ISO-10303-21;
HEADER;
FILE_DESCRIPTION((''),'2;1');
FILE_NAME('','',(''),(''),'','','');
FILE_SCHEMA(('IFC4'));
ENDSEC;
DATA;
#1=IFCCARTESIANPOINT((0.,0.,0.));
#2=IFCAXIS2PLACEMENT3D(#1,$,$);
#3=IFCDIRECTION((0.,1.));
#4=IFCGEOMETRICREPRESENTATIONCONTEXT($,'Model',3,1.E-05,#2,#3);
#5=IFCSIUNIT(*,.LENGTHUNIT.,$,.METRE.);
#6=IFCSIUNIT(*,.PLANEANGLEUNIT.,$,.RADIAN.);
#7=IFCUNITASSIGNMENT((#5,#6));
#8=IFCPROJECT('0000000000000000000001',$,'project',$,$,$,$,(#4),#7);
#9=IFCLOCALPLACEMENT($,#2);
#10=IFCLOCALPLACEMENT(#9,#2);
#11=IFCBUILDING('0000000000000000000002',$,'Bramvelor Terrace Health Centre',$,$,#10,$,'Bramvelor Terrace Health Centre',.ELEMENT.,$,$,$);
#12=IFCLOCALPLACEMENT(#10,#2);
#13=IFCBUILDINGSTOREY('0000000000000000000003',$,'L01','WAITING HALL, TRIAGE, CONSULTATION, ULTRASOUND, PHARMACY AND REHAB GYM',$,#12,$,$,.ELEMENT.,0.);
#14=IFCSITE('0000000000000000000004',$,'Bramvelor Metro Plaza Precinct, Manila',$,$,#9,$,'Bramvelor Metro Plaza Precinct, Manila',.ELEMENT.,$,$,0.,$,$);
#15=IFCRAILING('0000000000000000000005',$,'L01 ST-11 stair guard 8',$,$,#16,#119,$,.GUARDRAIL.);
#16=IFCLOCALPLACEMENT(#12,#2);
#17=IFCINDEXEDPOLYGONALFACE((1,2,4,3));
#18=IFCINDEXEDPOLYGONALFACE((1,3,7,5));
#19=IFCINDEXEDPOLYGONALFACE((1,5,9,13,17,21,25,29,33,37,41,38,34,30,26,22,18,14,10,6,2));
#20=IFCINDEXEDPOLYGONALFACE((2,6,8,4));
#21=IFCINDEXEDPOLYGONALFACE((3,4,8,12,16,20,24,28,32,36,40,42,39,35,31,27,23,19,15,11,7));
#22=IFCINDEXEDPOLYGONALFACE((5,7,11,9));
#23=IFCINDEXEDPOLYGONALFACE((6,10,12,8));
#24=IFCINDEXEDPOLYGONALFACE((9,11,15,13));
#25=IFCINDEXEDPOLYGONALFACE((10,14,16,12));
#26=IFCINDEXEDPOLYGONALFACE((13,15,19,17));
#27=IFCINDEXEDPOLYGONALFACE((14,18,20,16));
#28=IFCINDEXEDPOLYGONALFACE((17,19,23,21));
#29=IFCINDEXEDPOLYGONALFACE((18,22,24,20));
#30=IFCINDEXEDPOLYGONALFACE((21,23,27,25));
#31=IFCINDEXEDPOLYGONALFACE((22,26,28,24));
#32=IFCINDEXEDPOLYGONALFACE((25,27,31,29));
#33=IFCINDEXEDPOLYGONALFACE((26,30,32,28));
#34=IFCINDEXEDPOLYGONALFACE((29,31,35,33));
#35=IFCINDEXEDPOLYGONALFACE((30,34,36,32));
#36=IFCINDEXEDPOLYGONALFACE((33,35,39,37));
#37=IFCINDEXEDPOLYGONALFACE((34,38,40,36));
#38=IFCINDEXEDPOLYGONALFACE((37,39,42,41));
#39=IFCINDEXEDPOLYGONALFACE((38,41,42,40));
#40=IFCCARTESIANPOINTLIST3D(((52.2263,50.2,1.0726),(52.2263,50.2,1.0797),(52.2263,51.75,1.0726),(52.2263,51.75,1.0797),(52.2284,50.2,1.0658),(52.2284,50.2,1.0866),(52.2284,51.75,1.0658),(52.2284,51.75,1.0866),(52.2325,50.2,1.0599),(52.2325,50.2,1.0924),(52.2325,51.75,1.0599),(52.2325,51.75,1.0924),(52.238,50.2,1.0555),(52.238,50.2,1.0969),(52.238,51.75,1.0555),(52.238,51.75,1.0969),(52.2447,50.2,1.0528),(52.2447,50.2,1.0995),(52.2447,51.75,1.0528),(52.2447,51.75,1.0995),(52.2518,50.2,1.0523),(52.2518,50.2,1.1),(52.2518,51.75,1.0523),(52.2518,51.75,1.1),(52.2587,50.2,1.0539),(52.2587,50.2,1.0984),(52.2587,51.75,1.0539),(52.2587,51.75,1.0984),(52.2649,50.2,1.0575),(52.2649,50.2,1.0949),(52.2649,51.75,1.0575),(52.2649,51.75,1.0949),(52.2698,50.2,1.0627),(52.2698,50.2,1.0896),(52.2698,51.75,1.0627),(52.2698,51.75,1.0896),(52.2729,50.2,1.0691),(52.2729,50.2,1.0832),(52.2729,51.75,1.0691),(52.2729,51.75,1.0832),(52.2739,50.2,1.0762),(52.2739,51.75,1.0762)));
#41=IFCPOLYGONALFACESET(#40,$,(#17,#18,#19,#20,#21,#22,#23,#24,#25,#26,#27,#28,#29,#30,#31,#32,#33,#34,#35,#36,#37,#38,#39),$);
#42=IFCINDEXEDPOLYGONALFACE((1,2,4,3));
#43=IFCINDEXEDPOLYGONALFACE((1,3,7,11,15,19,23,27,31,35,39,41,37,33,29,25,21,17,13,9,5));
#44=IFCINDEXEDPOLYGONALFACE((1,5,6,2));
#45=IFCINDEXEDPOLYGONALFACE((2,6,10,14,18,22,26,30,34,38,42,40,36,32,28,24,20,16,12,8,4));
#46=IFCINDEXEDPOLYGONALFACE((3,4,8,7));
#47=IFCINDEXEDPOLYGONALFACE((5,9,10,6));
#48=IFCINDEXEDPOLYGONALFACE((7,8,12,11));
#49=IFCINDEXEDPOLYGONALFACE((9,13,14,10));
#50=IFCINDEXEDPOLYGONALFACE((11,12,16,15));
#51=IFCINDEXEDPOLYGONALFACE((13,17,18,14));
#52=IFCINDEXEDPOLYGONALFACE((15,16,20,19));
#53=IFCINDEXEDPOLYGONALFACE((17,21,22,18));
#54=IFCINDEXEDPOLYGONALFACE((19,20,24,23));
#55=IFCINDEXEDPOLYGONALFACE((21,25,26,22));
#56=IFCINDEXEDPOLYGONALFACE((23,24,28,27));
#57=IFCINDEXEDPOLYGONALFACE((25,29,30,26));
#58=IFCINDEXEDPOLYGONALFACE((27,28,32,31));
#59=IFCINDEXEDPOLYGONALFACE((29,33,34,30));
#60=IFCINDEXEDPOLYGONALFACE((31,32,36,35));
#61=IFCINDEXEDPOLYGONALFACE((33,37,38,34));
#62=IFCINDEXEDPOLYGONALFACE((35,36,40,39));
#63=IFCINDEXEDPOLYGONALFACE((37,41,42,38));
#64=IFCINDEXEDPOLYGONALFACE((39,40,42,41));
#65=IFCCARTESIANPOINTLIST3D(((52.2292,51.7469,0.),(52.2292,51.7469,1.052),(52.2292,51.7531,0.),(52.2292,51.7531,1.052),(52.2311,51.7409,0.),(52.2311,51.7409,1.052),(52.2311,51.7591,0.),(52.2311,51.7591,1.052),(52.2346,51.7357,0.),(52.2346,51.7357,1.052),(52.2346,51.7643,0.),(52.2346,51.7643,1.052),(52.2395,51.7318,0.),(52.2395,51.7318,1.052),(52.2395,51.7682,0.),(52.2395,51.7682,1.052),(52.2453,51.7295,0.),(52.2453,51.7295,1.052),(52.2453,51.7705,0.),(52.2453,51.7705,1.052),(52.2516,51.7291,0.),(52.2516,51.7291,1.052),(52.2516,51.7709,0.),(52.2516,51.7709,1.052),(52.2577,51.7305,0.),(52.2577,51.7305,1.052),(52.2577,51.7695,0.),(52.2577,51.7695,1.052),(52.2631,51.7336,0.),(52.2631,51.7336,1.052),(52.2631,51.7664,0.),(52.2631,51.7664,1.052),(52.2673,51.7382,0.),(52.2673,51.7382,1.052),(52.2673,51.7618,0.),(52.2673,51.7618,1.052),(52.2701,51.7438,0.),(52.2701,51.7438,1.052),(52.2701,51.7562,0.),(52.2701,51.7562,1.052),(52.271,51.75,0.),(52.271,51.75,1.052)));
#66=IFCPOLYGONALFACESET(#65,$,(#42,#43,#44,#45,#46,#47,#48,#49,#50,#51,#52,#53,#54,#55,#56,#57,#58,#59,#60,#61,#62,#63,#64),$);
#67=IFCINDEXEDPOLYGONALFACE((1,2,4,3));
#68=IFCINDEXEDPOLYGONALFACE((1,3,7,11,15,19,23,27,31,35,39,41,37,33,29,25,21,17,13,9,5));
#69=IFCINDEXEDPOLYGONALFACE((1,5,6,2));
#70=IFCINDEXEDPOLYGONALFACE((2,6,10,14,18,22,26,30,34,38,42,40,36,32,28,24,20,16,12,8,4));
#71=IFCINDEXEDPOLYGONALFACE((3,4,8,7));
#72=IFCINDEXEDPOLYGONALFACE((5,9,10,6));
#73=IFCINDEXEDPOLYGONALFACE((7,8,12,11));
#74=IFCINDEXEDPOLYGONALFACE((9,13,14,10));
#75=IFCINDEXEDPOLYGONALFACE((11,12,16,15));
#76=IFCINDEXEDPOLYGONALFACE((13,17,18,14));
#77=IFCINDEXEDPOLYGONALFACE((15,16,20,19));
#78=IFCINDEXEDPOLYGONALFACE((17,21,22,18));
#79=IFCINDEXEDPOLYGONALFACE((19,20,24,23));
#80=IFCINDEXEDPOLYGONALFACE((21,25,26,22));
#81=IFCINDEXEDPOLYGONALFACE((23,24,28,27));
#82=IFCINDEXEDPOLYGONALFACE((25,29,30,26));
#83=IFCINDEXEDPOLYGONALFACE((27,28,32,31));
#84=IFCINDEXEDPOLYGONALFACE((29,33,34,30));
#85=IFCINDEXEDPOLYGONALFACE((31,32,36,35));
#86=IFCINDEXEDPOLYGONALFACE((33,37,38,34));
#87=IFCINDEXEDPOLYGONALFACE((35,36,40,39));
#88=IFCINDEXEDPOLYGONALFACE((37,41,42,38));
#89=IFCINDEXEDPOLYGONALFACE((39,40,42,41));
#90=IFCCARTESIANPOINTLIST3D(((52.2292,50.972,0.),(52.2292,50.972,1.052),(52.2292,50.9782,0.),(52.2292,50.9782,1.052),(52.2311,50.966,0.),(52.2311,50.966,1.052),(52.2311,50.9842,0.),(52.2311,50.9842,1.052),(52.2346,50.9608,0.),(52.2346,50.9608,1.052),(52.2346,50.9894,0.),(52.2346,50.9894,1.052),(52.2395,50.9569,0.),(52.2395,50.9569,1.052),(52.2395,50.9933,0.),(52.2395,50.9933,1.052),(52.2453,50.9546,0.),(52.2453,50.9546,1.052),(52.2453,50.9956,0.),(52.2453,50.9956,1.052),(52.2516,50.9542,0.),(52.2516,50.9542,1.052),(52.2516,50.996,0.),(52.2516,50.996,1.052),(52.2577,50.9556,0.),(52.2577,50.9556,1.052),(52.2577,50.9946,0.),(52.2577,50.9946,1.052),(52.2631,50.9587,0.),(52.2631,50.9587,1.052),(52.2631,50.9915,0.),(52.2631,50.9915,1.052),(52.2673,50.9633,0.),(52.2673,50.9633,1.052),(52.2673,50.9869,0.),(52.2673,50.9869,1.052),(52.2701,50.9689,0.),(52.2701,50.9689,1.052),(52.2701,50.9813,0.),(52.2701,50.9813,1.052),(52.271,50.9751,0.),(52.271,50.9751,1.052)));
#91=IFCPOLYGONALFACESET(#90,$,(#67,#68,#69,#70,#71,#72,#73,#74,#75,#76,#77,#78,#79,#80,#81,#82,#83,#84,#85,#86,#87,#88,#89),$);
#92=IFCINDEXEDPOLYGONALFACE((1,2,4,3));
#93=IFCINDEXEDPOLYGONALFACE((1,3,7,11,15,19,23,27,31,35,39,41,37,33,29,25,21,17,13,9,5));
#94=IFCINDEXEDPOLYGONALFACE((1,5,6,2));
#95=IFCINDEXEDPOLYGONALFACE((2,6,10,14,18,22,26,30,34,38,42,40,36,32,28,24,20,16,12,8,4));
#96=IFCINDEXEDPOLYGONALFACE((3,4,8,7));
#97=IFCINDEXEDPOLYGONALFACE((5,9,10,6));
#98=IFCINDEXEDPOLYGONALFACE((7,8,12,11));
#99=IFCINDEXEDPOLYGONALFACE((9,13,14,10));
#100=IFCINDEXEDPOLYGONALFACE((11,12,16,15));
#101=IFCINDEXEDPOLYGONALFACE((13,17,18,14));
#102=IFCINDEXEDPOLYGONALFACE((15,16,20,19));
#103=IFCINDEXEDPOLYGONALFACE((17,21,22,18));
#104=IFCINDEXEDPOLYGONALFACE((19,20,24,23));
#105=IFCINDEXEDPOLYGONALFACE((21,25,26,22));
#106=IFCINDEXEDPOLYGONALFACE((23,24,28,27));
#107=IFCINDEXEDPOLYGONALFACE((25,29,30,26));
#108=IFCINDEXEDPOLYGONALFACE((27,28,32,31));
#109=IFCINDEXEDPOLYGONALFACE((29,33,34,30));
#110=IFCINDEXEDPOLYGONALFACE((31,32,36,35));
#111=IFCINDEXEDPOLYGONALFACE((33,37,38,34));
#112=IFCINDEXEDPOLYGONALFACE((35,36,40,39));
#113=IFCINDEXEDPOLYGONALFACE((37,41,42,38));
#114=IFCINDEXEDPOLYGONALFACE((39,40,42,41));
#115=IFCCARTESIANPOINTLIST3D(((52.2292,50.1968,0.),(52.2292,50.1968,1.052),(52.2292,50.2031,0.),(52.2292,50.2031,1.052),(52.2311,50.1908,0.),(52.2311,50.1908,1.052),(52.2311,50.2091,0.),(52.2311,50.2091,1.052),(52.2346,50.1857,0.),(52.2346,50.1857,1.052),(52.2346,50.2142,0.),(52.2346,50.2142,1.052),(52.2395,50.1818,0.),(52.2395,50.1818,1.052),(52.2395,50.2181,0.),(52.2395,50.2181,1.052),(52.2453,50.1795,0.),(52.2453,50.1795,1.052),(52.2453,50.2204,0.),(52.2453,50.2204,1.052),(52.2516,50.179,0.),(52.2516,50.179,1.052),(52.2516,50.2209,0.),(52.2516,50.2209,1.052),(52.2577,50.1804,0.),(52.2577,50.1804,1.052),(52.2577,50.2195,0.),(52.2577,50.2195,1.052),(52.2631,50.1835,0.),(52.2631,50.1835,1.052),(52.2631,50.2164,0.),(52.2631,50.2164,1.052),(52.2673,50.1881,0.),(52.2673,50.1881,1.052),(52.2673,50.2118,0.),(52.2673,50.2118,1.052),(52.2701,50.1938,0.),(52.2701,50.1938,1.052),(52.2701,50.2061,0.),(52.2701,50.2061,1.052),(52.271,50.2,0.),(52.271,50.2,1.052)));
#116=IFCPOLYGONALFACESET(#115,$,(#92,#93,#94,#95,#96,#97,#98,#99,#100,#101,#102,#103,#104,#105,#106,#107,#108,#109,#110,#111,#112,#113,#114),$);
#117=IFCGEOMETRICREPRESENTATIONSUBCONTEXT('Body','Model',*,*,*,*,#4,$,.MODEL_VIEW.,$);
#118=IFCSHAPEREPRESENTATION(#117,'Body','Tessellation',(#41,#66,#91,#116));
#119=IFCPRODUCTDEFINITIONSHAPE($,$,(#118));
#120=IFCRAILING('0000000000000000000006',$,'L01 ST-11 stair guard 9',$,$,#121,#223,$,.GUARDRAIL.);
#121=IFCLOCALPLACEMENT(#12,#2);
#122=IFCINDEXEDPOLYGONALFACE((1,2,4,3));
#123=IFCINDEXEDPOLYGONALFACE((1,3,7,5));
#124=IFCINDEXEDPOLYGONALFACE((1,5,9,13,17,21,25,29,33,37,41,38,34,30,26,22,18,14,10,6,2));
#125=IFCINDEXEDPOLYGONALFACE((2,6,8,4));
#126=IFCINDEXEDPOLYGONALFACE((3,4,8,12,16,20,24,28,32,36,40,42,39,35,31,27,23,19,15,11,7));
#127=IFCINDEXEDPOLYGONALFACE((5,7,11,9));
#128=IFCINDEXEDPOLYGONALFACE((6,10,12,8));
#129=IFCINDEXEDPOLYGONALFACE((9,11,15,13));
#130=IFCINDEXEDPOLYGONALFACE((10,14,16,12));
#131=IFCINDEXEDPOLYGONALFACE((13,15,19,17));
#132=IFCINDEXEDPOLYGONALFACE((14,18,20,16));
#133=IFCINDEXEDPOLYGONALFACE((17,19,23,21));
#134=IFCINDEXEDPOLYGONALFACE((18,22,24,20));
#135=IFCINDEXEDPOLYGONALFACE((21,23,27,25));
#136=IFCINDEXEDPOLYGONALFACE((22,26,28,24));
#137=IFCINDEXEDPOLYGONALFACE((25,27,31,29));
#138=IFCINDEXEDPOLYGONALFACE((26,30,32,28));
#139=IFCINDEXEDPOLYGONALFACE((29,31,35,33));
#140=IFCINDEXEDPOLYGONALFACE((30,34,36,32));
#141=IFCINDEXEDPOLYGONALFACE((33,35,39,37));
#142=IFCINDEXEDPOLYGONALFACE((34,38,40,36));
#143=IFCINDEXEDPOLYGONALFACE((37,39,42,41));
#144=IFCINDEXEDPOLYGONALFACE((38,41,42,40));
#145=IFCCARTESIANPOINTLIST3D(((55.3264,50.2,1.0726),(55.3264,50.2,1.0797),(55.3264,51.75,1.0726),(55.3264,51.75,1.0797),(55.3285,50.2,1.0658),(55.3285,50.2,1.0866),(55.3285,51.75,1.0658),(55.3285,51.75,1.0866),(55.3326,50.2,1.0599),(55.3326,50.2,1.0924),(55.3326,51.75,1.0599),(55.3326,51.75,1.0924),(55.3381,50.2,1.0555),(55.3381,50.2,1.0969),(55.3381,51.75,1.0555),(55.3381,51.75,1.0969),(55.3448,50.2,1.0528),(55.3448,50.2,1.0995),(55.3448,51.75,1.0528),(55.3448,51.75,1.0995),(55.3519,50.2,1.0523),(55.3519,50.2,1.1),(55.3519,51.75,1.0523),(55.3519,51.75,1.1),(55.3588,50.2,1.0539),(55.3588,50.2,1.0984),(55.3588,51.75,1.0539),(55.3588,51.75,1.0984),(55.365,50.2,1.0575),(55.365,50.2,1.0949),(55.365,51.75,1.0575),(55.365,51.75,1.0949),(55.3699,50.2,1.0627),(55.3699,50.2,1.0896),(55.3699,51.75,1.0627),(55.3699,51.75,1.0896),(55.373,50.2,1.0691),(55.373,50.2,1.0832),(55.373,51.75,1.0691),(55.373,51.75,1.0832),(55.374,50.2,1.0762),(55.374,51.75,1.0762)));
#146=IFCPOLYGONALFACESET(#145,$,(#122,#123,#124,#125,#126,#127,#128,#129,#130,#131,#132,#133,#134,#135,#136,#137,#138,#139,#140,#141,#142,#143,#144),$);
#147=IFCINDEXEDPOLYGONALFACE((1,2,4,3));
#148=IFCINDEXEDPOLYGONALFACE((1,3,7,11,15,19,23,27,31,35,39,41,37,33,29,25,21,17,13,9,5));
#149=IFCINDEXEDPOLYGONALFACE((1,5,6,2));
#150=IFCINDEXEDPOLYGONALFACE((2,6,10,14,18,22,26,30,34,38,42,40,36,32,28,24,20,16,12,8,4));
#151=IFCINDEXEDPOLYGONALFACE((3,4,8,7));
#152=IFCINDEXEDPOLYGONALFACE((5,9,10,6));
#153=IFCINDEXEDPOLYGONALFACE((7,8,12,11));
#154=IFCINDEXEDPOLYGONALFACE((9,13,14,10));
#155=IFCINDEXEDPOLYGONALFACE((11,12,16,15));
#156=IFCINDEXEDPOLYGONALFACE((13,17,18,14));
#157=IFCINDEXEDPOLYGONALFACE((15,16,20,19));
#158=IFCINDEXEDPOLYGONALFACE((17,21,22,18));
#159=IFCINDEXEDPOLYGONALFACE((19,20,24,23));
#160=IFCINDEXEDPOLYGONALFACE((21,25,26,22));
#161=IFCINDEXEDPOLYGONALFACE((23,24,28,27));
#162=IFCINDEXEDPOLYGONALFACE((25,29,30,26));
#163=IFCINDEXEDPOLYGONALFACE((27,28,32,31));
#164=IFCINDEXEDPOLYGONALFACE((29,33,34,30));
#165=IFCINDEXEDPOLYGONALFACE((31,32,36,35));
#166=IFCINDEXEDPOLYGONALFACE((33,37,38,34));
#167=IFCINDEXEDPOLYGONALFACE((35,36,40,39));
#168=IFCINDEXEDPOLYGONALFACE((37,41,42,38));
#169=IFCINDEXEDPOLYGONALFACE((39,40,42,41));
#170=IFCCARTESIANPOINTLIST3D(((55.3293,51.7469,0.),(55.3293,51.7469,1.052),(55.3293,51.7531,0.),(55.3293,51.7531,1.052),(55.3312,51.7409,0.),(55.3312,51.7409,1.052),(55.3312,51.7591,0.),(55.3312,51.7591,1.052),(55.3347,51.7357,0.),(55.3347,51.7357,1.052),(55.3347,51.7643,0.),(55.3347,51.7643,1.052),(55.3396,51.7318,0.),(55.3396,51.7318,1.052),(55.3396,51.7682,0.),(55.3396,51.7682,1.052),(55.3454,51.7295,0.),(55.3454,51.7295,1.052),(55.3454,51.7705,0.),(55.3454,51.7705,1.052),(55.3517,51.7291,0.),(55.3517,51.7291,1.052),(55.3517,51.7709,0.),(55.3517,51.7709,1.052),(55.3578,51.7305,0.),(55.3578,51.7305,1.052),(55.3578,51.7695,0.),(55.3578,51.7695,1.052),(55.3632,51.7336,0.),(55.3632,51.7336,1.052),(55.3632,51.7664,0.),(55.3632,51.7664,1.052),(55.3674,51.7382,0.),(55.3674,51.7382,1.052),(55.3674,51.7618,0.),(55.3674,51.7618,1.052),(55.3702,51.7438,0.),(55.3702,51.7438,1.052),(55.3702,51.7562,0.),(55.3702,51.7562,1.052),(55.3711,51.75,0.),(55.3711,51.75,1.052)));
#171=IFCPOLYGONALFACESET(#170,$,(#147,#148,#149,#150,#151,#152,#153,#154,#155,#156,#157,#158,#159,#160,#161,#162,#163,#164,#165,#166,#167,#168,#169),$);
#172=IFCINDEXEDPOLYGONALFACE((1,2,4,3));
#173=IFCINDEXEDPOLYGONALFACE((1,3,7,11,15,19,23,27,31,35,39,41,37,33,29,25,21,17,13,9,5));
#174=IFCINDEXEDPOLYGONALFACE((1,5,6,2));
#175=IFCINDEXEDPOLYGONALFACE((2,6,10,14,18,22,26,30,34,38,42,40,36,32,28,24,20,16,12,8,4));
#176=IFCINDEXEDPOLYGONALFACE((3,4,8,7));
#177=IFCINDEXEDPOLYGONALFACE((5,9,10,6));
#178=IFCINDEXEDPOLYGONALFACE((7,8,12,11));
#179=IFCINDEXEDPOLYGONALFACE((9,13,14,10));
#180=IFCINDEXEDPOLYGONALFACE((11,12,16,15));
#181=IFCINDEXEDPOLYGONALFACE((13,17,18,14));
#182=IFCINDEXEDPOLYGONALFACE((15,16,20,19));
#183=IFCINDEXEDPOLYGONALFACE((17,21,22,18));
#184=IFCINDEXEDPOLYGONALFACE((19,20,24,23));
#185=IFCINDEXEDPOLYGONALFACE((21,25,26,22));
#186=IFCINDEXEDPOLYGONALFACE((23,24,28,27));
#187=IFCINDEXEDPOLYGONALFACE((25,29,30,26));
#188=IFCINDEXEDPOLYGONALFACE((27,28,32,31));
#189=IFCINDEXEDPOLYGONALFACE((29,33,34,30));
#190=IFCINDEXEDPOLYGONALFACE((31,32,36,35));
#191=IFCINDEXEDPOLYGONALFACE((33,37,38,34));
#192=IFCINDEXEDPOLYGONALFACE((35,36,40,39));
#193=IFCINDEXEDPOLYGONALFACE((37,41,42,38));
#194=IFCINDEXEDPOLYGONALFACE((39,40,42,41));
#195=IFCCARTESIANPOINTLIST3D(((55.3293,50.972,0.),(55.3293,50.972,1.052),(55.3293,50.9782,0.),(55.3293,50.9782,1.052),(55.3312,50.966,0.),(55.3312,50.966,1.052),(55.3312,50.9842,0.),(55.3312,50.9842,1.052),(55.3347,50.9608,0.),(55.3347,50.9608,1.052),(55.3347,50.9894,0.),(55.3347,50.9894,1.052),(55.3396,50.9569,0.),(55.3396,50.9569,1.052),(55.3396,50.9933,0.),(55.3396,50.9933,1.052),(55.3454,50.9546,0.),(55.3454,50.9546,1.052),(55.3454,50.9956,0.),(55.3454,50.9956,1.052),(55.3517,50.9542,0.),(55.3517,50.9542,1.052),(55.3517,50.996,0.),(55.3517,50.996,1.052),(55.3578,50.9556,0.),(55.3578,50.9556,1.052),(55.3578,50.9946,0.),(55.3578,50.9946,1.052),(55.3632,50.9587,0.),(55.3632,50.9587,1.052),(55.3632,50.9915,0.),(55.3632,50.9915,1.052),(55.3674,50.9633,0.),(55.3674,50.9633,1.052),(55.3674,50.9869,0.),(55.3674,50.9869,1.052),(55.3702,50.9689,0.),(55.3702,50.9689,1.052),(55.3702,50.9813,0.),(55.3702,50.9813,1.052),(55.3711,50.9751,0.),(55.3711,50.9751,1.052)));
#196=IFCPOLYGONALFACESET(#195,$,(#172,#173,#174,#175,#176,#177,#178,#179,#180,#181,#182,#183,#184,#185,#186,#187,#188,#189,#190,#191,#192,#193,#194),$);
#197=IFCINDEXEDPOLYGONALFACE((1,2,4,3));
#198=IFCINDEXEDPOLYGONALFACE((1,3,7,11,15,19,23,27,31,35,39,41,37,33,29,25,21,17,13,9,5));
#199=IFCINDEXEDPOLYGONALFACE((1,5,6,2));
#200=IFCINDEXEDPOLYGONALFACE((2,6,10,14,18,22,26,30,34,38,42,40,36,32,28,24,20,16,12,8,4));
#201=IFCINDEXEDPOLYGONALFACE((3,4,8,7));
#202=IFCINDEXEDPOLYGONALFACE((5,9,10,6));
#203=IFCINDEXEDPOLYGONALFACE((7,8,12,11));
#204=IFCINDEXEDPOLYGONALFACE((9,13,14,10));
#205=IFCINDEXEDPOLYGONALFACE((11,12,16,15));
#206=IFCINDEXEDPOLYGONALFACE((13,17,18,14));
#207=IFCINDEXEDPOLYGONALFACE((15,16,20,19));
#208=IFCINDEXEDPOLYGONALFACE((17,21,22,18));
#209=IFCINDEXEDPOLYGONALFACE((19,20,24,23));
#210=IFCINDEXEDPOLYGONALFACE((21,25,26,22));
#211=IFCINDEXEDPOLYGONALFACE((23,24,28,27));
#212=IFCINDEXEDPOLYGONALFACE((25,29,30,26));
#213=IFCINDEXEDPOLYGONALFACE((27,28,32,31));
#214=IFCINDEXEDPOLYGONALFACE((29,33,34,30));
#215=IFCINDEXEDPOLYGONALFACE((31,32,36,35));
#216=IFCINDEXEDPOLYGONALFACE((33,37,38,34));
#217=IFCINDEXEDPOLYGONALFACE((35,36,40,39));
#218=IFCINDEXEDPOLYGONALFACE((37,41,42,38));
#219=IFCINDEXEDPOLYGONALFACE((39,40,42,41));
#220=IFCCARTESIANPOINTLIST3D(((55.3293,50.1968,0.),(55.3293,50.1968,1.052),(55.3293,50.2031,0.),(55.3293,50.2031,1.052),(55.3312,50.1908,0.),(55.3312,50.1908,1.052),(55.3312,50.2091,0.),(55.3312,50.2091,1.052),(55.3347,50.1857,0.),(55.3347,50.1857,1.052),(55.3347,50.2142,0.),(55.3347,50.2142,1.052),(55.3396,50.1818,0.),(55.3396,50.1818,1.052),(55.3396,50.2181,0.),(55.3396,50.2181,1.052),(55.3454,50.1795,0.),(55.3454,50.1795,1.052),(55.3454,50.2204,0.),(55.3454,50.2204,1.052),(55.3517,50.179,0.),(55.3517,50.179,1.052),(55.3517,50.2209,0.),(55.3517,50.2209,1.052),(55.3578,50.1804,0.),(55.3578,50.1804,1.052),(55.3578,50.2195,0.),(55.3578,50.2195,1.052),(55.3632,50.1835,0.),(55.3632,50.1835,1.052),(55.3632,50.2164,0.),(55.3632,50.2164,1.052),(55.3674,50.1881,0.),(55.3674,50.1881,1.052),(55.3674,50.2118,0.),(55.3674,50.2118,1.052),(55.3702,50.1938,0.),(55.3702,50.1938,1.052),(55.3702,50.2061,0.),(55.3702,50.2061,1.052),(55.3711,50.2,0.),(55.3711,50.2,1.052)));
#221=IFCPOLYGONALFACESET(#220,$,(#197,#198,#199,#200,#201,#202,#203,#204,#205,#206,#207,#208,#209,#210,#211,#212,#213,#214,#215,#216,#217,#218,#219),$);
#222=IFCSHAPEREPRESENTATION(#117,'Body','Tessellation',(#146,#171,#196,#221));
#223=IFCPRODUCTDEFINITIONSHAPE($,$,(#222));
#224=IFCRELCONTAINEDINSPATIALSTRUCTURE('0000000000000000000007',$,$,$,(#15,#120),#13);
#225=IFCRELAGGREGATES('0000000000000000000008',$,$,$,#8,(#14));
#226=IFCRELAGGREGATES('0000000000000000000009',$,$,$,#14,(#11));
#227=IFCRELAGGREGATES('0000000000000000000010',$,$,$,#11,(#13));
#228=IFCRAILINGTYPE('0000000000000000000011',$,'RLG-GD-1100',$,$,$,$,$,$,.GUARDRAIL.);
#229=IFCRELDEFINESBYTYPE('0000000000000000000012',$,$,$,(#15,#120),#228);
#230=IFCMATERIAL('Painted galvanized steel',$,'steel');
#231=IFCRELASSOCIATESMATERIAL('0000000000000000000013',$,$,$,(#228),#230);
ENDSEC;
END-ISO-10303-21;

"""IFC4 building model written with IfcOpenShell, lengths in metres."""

from ifc_helpers import new_model, si_unit, direction, frame, origin, origin_2d, place, context, subcontext, project, spatial, circle, extrude, material, type_object, element, save


model = new_model("IFC4")

# Units and contexts
model_context = context("Model", 3, precision=1e-05, world=origin(), true_north=direction((0.0, 1.0)))
body_context = subcontext(model_context, "Body", "Model", "MODEL_VIEW")
ifc_project = project(units=[si_unit("LENGTHUNIT", "METRE"), si_unit("PLANEANGLEUNIT", "RADIAN")], contexts=[model_context])

# Site, building, storey
site_placement = place(None, origin())
site = spatial("IfcSite", under=ifc_project, at=site_placement, Name="Bramvelor Metro Plaza Precinct, Manila", LongName="Bramvelor Metro Plaza Precinct, Manila", CompositionType="ELEMENT", RefElevation=0.0)
building_placement = place(site_placement, origin())
building = spatial("IfcBuilding", under=site, at=building_placement, Name="Bramvelor Terrace Health Centre", LongName="Bramvelor Terrace Health Centre", CompositionType="ELEMENT")
storey_placement = place(building_placement, origin())
storey = spatial("IfcBuildingStorey", under=building, at=storey_placement, Name="L01", Description="WAITING HALL, TRIAGE, CONSULTATION, ULTRASOUND, PHARMACY AND REHAB GYM", CompositionType="ELEMENT", Elevation=0.0)

# Railings
ifc_material_1 = material(Name="Painted galvanized steel", Category="steel")
railing_type = type_object("IfcRailingType", Name="RLG-GD-1100", PredefinedType="GUARDRAIL", material=ifc_material_1)
for number, where, name in (
    (1, (52.25, 51.75, 0.0), "L01 ST-11 stair guard 8"),
    (2, (55.3501, 51.75, 0.0), "L01 ST-11 stair guard 9"),
):
    element("IfcRailing", number, at=place(storey_placement, frame(where)), inside=storey, type_object=railing_type, Name=name, PredefinedType="GUARDRAIL", context=body_context, shape_type="SweptSolid", body=[
        extrude(circle(Radius=0.0239, at=origin_2d()), frame((0.0, 0.0, 1.0762), z_axis=(0.0, -1.0, 0.0), x_axis=(1.0, 0.0, 0.0)), (0.0, 0.0, 1.0), 1.55),
        extrude(circle(Radius=0.021, at=origin_2d()), origin(), (0.0, 0.0, 1.0), 1.052),
        extrude(circle(Radius=0.021, at=origin_2d()), frame((0.0, -0.7749, 0.0)), (0.0, 0.0, 1.0), 1.052),
        extrude(circle(Radius=0.021, at=origin_2d()), frame((0.0, -1.55, 0.0)), (0.0, 0.0, 1.0), 1.052),
    ])

save(model, "model.ifc")
